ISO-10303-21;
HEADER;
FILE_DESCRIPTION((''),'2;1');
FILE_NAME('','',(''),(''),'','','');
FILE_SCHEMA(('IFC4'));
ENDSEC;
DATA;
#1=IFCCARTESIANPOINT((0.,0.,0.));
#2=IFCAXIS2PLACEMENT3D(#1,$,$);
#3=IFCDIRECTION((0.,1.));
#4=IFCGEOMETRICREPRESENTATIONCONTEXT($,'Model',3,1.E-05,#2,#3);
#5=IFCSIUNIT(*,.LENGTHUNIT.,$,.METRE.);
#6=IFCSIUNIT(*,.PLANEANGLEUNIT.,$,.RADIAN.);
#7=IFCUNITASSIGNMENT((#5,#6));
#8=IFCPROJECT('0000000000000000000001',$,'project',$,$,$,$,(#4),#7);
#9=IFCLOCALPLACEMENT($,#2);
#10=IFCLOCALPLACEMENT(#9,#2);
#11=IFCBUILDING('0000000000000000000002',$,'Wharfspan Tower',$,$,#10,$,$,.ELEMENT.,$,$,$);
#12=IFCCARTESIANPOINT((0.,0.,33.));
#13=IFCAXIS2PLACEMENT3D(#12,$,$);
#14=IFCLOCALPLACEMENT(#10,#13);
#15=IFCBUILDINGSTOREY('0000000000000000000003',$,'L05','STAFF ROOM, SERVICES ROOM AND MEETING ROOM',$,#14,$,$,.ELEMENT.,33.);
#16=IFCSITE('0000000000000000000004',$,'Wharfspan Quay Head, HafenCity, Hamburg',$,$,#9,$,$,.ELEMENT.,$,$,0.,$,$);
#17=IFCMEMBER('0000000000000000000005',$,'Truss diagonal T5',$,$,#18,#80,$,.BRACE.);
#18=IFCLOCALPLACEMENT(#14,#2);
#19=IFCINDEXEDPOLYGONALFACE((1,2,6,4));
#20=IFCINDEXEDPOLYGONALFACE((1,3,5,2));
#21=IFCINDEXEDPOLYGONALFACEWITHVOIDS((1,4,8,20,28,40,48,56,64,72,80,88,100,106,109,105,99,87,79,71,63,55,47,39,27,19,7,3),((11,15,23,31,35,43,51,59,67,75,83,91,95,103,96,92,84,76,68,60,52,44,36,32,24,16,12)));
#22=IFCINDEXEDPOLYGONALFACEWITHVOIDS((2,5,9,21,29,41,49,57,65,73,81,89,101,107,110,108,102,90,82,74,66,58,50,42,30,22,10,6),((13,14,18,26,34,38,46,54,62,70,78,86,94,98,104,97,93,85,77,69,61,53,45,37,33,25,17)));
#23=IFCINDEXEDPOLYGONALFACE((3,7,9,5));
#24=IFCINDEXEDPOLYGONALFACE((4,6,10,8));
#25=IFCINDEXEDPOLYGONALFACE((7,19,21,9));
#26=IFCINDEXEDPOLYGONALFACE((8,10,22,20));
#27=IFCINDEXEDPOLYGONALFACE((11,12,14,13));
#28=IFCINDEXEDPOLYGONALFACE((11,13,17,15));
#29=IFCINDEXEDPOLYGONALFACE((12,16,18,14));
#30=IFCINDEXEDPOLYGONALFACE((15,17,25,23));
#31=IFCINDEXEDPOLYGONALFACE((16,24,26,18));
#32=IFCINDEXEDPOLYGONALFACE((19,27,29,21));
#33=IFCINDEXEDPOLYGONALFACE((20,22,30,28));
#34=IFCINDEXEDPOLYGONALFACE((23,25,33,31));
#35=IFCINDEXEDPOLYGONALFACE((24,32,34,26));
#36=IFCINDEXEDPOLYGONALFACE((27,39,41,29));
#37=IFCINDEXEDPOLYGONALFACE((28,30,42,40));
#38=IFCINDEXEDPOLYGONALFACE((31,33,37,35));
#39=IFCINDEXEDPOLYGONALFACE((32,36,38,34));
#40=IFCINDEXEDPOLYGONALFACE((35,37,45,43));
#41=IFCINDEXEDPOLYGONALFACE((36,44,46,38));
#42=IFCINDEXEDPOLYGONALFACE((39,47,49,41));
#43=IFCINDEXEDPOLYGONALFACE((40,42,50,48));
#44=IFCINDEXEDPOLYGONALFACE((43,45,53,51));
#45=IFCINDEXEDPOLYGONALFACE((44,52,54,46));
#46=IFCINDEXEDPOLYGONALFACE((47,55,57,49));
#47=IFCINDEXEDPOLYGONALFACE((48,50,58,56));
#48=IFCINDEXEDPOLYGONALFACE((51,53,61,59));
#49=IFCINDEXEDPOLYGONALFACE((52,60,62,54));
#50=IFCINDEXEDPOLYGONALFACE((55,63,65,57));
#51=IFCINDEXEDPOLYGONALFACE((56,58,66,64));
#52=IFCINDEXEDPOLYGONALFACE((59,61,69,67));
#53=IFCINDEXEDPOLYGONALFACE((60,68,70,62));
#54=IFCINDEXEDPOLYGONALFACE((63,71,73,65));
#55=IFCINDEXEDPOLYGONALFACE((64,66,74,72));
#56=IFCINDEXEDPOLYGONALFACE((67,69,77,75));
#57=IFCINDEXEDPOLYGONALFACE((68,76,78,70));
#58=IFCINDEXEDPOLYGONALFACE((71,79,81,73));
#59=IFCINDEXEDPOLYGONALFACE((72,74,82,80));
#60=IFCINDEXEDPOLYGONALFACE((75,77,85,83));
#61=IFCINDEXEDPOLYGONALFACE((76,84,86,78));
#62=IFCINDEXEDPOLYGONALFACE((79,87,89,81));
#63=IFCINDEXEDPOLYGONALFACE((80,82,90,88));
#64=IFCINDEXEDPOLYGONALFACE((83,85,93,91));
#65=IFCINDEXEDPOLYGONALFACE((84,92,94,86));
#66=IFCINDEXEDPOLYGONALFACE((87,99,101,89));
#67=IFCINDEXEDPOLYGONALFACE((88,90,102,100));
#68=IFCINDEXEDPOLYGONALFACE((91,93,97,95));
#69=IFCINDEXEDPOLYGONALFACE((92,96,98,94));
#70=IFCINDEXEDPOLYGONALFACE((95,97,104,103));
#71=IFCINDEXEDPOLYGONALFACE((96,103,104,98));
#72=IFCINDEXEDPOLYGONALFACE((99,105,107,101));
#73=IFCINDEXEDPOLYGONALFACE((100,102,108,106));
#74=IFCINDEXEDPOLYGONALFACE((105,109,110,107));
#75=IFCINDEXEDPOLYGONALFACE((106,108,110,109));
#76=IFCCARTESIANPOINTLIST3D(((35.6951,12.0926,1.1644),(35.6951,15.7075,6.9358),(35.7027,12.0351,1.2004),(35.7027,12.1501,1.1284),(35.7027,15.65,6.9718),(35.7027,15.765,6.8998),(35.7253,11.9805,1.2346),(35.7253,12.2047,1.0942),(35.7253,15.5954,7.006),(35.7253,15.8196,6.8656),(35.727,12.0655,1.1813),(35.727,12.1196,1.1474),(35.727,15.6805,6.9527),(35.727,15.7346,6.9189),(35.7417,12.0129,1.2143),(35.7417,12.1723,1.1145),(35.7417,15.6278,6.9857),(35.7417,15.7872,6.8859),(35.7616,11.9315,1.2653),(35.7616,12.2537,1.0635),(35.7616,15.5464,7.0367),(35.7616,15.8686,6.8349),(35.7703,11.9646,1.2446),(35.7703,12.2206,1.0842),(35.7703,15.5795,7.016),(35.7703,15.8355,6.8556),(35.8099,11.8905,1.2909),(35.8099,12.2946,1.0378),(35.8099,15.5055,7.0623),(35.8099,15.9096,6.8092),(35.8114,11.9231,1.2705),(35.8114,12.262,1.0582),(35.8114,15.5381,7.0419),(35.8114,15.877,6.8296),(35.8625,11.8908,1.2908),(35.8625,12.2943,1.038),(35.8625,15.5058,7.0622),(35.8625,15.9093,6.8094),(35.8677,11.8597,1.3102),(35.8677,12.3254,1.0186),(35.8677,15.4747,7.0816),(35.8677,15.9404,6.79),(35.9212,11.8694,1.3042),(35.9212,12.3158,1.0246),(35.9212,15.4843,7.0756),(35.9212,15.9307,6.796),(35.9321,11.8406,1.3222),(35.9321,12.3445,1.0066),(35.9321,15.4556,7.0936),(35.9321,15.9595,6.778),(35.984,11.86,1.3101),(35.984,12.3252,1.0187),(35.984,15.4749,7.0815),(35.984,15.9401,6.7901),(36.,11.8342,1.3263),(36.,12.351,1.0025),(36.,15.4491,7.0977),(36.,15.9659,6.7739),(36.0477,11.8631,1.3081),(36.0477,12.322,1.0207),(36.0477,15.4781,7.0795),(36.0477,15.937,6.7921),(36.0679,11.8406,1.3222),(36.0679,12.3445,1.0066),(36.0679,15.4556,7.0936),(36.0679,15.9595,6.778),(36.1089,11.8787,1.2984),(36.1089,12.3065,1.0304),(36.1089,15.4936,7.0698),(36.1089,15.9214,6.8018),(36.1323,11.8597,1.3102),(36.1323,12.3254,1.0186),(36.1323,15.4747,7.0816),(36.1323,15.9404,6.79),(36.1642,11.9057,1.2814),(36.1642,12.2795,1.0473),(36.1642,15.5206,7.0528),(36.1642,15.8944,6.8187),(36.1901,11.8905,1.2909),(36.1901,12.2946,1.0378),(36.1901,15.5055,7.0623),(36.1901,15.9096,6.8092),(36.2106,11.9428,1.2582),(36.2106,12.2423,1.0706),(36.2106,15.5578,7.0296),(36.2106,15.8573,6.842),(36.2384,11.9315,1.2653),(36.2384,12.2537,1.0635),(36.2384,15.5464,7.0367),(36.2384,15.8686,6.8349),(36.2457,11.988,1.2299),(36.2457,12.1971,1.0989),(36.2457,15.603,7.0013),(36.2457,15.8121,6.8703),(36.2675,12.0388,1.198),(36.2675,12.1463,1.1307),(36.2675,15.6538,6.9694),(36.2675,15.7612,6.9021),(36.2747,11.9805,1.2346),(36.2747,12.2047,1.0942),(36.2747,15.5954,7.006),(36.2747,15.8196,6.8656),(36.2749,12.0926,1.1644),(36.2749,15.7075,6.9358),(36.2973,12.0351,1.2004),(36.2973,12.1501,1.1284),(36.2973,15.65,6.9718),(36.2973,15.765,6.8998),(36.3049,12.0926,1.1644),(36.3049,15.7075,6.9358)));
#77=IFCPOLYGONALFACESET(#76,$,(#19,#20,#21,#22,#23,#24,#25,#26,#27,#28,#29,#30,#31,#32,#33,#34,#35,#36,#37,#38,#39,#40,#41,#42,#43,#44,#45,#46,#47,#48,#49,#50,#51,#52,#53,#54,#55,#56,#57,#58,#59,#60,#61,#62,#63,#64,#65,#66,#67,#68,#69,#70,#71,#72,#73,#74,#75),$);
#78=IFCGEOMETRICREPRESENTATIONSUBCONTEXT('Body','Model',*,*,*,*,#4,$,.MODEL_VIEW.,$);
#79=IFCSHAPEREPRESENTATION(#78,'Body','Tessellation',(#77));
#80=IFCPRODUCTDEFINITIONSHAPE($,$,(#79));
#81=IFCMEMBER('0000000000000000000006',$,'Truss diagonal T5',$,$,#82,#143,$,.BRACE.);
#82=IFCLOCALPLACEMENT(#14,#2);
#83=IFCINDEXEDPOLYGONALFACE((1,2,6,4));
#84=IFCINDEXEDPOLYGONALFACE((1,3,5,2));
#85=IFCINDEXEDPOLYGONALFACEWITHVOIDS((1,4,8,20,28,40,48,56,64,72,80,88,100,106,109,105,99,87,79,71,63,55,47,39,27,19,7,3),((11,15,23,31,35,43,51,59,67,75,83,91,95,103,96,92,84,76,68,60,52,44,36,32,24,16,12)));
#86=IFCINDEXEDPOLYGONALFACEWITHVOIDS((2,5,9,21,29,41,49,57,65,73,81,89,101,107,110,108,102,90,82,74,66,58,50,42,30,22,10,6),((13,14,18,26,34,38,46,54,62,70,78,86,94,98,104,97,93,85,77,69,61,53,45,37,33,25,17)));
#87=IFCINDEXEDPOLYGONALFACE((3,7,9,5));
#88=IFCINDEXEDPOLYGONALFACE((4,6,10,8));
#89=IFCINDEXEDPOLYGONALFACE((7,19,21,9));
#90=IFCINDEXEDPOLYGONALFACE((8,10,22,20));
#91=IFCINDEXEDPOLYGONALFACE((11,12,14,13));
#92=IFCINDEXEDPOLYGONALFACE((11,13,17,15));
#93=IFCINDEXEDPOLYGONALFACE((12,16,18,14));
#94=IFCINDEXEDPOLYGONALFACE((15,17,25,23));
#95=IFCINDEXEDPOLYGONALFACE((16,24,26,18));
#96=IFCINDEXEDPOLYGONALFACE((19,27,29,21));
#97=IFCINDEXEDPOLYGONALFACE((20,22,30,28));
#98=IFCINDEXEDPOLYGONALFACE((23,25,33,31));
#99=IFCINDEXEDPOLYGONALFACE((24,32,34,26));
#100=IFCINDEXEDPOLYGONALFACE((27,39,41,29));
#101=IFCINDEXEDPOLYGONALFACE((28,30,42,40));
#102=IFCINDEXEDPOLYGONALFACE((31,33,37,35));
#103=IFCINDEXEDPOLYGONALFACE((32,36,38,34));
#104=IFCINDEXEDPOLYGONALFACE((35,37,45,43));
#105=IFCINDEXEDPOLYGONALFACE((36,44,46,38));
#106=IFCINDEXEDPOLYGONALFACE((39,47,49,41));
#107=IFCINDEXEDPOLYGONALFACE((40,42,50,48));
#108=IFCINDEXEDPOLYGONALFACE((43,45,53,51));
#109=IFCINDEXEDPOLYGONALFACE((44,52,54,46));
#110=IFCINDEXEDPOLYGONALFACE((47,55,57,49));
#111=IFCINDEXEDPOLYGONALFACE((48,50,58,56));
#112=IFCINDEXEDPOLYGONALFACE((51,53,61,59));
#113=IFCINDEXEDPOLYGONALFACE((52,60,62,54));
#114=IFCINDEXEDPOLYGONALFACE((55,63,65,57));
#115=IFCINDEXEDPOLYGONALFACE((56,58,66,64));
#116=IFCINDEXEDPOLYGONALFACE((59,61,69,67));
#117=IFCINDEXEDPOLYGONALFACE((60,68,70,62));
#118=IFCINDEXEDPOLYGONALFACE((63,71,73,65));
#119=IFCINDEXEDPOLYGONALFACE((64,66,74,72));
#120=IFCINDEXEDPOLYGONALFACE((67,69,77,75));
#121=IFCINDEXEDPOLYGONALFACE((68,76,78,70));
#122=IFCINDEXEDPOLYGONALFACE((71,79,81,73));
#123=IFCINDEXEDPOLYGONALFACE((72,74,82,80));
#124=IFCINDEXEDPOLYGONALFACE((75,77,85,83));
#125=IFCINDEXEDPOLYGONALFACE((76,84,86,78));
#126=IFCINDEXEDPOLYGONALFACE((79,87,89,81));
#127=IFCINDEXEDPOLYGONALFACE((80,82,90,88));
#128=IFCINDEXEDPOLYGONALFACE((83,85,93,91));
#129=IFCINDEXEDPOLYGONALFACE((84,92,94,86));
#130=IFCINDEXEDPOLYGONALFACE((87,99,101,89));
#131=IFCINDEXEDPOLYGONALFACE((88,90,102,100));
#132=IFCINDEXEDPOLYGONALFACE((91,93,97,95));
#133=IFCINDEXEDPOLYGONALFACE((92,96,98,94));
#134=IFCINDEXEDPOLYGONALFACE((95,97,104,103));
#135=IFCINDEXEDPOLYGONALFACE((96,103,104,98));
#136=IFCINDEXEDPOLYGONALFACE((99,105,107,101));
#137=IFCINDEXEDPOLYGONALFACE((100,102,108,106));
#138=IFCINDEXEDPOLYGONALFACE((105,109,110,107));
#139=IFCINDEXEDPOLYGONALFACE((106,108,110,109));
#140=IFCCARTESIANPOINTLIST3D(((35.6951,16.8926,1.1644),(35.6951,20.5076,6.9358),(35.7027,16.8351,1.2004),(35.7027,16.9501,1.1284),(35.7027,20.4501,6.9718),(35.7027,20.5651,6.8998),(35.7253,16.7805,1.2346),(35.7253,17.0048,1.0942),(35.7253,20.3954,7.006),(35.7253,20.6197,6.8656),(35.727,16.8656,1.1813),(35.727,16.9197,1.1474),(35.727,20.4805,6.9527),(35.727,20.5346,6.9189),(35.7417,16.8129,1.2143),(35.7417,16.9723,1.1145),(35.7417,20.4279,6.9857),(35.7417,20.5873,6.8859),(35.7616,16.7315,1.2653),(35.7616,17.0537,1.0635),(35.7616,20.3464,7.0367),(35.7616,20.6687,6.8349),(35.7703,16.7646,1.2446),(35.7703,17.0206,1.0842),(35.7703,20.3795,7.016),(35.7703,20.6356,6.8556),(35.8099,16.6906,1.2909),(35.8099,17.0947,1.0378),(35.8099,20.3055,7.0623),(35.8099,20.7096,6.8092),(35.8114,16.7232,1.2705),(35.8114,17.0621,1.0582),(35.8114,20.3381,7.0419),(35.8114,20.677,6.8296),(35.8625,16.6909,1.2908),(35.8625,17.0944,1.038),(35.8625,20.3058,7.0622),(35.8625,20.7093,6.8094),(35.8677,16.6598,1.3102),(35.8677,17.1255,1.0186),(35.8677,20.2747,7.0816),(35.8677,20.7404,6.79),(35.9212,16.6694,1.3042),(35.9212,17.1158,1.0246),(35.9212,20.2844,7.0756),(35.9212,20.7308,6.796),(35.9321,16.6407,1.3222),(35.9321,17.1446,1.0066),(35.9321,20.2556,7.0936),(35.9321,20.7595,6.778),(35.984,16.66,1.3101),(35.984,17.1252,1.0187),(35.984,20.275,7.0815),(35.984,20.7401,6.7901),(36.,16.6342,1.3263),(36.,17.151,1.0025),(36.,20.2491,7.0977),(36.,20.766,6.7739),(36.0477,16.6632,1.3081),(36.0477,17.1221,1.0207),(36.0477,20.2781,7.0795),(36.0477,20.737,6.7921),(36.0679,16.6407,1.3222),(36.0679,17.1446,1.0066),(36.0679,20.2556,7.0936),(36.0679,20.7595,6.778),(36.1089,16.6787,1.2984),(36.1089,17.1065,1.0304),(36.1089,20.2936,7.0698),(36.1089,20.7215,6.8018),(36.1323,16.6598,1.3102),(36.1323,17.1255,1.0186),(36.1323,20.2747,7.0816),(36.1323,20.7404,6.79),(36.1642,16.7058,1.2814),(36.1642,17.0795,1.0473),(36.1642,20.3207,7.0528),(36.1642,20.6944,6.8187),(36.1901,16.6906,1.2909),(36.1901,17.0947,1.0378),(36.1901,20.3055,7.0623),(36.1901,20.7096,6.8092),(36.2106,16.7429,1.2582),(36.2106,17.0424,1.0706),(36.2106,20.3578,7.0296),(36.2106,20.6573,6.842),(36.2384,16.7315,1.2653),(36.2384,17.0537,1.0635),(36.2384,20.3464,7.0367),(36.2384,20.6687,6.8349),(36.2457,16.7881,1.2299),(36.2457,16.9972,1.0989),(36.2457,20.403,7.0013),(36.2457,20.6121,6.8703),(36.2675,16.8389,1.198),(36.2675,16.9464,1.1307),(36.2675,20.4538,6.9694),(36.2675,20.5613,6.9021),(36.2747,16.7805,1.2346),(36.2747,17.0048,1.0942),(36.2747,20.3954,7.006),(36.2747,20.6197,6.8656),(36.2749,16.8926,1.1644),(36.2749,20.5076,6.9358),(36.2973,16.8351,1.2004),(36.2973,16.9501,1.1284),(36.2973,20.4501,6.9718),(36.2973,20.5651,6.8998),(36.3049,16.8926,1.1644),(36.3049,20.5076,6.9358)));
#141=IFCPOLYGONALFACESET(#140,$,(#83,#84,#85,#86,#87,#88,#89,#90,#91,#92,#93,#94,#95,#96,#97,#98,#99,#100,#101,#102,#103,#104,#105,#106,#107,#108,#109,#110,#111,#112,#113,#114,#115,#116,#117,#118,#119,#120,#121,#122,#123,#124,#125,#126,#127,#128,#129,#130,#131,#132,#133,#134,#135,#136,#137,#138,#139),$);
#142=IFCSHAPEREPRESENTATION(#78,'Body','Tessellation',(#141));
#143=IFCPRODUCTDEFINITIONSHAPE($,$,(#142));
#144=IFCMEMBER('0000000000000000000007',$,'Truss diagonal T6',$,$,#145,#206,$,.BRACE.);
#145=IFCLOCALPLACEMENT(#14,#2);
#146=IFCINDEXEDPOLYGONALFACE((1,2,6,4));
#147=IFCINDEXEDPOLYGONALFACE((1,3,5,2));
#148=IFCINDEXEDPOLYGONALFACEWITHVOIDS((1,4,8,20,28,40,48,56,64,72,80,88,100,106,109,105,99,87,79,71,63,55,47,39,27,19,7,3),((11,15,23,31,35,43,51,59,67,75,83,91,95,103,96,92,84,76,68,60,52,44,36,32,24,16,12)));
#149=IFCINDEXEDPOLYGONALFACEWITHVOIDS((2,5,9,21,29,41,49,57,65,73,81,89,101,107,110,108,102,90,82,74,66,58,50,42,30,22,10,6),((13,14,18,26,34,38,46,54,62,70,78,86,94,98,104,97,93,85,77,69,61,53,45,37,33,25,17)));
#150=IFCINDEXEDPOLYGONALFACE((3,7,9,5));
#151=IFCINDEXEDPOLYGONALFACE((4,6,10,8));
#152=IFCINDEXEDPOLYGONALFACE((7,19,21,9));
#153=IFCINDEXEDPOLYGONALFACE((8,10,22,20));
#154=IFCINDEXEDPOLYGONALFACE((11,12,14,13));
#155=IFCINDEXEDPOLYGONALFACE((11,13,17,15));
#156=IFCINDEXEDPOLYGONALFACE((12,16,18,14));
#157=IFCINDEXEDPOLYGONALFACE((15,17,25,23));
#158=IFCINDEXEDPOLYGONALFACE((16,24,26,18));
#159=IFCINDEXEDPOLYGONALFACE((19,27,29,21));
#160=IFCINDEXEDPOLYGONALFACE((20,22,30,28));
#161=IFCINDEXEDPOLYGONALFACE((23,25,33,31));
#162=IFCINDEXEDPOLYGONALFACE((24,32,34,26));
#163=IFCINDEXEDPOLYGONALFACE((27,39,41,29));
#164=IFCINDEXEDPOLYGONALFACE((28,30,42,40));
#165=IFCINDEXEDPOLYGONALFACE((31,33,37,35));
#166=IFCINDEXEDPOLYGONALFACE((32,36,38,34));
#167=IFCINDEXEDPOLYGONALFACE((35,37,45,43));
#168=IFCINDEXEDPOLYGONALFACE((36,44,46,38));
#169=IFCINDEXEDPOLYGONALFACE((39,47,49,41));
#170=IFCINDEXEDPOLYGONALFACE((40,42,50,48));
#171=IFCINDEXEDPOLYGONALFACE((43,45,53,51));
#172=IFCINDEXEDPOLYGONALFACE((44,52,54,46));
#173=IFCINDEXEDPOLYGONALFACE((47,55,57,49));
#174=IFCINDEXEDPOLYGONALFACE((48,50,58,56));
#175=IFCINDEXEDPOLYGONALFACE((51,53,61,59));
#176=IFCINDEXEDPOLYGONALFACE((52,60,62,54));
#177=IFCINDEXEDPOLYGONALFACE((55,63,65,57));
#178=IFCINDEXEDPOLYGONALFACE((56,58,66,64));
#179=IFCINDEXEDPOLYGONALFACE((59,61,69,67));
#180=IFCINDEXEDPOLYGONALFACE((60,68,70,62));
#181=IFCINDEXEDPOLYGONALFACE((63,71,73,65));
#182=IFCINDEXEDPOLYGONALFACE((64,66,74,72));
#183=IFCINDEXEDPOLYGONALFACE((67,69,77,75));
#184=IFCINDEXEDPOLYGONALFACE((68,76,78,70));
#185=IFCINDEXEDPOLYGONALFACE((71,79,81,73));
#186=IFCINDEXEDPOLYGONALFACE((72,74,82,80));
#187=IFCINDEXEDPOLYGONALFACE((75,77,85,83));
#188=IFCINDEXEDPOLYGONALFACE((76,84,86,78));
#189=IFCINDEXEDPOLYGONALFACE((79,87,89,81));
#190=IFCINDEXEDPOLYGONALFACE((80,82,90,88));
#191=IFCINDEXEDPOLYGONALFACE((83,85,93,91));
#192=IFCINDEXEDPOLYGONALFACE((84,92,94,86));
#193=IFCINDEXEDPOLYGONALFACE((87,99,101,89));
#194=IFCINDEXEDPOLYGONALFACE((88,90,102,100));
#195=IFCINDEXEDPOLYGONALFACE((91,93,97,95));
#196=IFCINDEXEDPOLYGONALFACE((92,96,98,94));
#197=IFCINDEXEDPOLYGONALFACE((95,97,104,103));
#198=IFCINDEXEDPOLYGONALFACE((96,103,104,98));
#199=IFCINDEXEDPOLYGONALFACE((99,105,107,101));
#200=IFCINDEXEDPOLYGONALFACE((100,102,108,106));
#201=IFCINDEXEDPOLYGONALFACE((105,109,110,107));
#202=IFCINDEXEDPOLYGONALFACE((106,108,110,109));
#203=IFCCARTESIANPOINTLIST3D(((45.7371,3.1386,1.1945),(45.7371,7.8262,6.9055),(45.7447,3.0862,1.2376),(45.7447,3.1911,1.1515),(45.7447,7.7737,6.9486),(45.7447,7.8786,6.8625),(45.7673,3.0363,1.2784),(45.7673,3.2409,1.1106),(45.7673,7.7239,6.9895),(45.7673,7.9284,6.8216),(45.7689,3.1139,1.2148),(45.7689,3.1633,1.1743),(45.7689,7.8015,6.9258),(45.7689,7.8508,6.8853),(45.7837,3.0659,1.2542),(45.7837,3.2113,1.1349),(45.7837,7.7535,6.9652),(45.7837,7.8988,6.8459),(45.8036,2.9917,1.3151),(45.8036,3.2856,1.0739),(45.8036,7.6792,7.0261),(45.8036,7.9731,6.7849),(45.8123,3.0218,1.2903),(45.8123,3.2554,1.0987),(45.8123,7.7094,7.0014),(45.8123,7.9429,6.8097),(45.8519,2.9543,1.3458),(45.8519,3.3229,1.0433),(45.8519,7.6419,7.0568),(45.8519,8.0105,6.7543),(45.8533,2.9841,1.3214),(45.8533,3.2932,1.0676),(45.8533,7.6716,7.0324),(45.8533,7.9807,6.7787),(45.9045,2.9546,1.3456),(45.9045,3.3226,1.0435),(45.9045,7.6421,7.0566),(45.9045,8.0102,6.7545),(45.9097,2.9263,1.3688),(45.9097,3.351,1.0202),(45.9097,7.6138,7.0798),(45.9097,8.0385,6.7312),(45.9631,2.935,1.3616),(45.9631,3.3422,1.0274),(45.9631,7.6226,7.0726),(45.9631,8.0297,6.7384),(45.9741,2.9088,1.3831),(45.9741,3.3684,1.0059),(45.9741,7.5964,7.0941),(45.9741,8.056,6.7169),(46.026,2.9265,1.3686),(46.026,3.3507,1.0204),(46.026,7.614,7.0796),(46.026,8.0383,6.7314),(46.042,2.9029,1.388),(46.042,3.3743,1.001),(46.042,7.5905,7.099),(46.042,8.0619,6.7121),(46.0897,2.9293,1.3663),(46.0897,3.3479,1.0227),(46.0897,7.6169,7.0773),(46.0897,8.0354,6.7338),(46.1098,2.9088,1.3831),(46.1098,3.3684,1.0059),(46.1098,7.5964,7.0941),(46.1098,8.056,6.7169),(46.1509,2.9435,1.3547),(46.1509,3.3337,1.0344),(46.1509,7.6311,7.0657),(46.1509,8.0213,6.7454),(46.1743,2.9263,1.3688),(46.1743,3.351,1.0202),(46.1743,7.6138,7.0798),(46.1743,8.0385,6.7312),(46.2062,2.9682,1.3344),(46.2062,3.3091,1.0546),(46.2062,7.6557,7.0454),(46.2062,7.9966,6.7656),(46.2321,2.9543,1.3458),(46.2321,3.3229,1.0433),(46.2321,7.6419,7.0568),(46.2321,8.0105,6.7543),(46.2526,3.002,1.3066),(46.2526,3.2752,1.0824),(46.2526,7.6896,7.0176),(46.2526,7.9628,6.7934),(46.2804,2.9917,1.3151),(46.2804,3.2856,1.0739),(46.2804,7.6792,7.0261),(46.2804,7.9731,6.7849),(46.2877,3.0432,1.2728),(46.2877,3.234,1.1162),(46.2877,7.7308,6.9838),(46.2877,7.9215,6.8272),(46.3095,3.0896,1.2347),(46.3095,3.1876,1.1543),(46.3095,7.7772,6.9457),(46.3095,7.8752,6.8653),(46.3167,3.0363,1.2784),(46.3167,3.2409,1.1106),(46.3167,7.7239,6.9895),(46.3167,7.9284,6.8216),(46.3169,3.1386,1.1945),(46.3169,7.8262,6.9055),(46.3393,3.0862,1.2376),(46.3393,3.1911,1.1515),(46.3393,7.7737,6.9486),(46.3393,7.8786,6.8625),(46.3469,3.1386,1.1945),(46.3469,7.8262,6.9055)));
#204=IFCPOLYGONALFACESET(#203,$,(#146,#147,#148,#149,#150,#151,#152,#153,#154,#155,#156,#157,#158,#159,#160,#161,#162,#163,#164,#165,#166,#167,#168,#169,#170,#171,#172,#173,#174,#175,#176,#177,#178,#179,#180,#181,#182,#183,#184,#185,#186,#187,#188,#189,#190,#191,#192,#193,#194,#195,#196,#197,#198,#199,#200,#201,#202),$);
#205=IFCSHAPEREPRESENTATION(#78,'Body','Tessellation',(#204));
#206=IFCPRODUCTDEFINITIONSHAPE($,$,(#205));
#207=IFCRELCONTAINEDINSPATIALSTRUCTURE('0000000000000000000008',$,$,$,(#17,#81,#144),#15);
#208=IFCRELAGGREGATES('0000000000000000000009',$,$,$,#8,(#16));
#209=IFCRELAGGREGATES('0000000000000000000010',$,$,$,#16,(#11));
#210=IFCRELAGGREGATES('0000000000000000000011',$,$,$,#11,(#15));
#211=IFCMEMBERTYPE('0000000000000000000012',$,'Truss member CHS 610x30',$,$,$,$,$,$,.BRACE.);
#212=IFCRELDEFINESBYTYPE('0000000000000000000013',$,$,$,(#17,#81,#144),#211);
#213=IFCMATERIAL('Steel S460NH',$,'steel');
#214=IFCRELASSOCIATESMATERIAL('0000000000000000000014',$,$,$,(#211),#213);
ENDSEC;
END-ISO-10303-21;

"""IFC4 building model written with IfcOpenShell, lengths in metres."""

from ifc_helpers import new_model, si_unit, direction, frame, origin, origin_2d, place, context, subcontext, project, spatial, hollow_circle, extrude, material, material_profile, profile_set, type_object, element, save


model = new_model("IFC4")

# Units and contexts
model_context = context("Model", 3, precision=1e-05, world=origin(), true_north=direction((0.0, 1.0)))
body_context = subcontext(model_context, "Body", "Model", "MODEL_VIEW")
ifc_project = project(units=[si_unit("LENGTHUNIT", "METRE"), si_unit("PLANEANGLEUNIT", "RADIAN")], contexts=[model_context])

# Site, building, storey
site_placement = place(None, origin())
site = spatial("IfcSite", under=ifc_project, at=site_placement, Name="Wharfspan Quay Head, HafenCity, Hamburg", CompositionType="ELEMENT", RefElevation=0.0)
building_placement = place(site_placement, origin())
building = spatial("IfcBuilding", under=site, at=building_placement, Name="Wharfspan Tower", CompositionType="ELEMENT")
storey_placement = place(building_placement, frame((0.0, 0.0, 33.0)))
storey = spatial("IfcBuildingStorey", under=building, at=storey_placement, Name="L05", Description="STAFF ROOM, SERVICES ROOM AND MEETING ROOM", CompositionType="ELEMENT", Elevation=33.0)

# Members
ifc_material_1 = material(Name="Steel S460NH", Category="steel")
ifc_material_profile_1 = material_profile(ifc_material_1, hollow_circle(Radius=0.3049, WallThickness=0.03, at=origin_2d()))
ifc_profile_set_1 = profile_set([ifc_material_profile_1], Name="Steel S460NH")
member_type_1 = type_object("IfcMemberType", Name="Truss member CHS 610x30", PredefinedType="BRACE", material=ifc_profile_set_1)
for number, where, z_axis, x_axis, name in (
    (1, (36.0, 15.7075, 6.9358), (0.0, -0.530824, -0.847482), (1.0, 0.0, 0.0), "Truss diagonal T5"),
    (2, (36.0, 20.5076, 6.9358), (0.0, -0.530824, -0.847482), (1.0, 0.0, 0.0), "Truss diagonal T5"),
):
    element("IfcMember", number, at=place(storey_placement, frame(where, z_axis=z_axis, x_axis=x_axis)), inside=storey, type_object=member_type_1, Name=name, PredefinedType="BRACE", context=body_context, shape_type="SweptSolid", body=[
        extrude(hollow_circle(Radius=0.3049, WallThickness=0.03, at=origin_2d()), origin(), (0.0, 0.0, 1.0), 6.8101),
    ])
member_1_placement = place(storey_placement, frame((46.042, 7.8262, 6.9055), z_axis=(0.0, -0.634446, -0.772967), x_axis=(1.0, 0.0, 0.0)))
element("IfcMember", 3, at=member_1_placement, inside=storey, type_object=member_type_1, Name="Truss diagonal T6", PredefinedType="BRACE", context=body_context, shape_type="SweptSolid", body=[
    extrude(hollow_circle(Radius=0.3049, WallThickness=0.03, at=origin_2d()), origin(), (0.0, 0.0, 1.0), 7.3884),
])

save(model, "model.ifc")
